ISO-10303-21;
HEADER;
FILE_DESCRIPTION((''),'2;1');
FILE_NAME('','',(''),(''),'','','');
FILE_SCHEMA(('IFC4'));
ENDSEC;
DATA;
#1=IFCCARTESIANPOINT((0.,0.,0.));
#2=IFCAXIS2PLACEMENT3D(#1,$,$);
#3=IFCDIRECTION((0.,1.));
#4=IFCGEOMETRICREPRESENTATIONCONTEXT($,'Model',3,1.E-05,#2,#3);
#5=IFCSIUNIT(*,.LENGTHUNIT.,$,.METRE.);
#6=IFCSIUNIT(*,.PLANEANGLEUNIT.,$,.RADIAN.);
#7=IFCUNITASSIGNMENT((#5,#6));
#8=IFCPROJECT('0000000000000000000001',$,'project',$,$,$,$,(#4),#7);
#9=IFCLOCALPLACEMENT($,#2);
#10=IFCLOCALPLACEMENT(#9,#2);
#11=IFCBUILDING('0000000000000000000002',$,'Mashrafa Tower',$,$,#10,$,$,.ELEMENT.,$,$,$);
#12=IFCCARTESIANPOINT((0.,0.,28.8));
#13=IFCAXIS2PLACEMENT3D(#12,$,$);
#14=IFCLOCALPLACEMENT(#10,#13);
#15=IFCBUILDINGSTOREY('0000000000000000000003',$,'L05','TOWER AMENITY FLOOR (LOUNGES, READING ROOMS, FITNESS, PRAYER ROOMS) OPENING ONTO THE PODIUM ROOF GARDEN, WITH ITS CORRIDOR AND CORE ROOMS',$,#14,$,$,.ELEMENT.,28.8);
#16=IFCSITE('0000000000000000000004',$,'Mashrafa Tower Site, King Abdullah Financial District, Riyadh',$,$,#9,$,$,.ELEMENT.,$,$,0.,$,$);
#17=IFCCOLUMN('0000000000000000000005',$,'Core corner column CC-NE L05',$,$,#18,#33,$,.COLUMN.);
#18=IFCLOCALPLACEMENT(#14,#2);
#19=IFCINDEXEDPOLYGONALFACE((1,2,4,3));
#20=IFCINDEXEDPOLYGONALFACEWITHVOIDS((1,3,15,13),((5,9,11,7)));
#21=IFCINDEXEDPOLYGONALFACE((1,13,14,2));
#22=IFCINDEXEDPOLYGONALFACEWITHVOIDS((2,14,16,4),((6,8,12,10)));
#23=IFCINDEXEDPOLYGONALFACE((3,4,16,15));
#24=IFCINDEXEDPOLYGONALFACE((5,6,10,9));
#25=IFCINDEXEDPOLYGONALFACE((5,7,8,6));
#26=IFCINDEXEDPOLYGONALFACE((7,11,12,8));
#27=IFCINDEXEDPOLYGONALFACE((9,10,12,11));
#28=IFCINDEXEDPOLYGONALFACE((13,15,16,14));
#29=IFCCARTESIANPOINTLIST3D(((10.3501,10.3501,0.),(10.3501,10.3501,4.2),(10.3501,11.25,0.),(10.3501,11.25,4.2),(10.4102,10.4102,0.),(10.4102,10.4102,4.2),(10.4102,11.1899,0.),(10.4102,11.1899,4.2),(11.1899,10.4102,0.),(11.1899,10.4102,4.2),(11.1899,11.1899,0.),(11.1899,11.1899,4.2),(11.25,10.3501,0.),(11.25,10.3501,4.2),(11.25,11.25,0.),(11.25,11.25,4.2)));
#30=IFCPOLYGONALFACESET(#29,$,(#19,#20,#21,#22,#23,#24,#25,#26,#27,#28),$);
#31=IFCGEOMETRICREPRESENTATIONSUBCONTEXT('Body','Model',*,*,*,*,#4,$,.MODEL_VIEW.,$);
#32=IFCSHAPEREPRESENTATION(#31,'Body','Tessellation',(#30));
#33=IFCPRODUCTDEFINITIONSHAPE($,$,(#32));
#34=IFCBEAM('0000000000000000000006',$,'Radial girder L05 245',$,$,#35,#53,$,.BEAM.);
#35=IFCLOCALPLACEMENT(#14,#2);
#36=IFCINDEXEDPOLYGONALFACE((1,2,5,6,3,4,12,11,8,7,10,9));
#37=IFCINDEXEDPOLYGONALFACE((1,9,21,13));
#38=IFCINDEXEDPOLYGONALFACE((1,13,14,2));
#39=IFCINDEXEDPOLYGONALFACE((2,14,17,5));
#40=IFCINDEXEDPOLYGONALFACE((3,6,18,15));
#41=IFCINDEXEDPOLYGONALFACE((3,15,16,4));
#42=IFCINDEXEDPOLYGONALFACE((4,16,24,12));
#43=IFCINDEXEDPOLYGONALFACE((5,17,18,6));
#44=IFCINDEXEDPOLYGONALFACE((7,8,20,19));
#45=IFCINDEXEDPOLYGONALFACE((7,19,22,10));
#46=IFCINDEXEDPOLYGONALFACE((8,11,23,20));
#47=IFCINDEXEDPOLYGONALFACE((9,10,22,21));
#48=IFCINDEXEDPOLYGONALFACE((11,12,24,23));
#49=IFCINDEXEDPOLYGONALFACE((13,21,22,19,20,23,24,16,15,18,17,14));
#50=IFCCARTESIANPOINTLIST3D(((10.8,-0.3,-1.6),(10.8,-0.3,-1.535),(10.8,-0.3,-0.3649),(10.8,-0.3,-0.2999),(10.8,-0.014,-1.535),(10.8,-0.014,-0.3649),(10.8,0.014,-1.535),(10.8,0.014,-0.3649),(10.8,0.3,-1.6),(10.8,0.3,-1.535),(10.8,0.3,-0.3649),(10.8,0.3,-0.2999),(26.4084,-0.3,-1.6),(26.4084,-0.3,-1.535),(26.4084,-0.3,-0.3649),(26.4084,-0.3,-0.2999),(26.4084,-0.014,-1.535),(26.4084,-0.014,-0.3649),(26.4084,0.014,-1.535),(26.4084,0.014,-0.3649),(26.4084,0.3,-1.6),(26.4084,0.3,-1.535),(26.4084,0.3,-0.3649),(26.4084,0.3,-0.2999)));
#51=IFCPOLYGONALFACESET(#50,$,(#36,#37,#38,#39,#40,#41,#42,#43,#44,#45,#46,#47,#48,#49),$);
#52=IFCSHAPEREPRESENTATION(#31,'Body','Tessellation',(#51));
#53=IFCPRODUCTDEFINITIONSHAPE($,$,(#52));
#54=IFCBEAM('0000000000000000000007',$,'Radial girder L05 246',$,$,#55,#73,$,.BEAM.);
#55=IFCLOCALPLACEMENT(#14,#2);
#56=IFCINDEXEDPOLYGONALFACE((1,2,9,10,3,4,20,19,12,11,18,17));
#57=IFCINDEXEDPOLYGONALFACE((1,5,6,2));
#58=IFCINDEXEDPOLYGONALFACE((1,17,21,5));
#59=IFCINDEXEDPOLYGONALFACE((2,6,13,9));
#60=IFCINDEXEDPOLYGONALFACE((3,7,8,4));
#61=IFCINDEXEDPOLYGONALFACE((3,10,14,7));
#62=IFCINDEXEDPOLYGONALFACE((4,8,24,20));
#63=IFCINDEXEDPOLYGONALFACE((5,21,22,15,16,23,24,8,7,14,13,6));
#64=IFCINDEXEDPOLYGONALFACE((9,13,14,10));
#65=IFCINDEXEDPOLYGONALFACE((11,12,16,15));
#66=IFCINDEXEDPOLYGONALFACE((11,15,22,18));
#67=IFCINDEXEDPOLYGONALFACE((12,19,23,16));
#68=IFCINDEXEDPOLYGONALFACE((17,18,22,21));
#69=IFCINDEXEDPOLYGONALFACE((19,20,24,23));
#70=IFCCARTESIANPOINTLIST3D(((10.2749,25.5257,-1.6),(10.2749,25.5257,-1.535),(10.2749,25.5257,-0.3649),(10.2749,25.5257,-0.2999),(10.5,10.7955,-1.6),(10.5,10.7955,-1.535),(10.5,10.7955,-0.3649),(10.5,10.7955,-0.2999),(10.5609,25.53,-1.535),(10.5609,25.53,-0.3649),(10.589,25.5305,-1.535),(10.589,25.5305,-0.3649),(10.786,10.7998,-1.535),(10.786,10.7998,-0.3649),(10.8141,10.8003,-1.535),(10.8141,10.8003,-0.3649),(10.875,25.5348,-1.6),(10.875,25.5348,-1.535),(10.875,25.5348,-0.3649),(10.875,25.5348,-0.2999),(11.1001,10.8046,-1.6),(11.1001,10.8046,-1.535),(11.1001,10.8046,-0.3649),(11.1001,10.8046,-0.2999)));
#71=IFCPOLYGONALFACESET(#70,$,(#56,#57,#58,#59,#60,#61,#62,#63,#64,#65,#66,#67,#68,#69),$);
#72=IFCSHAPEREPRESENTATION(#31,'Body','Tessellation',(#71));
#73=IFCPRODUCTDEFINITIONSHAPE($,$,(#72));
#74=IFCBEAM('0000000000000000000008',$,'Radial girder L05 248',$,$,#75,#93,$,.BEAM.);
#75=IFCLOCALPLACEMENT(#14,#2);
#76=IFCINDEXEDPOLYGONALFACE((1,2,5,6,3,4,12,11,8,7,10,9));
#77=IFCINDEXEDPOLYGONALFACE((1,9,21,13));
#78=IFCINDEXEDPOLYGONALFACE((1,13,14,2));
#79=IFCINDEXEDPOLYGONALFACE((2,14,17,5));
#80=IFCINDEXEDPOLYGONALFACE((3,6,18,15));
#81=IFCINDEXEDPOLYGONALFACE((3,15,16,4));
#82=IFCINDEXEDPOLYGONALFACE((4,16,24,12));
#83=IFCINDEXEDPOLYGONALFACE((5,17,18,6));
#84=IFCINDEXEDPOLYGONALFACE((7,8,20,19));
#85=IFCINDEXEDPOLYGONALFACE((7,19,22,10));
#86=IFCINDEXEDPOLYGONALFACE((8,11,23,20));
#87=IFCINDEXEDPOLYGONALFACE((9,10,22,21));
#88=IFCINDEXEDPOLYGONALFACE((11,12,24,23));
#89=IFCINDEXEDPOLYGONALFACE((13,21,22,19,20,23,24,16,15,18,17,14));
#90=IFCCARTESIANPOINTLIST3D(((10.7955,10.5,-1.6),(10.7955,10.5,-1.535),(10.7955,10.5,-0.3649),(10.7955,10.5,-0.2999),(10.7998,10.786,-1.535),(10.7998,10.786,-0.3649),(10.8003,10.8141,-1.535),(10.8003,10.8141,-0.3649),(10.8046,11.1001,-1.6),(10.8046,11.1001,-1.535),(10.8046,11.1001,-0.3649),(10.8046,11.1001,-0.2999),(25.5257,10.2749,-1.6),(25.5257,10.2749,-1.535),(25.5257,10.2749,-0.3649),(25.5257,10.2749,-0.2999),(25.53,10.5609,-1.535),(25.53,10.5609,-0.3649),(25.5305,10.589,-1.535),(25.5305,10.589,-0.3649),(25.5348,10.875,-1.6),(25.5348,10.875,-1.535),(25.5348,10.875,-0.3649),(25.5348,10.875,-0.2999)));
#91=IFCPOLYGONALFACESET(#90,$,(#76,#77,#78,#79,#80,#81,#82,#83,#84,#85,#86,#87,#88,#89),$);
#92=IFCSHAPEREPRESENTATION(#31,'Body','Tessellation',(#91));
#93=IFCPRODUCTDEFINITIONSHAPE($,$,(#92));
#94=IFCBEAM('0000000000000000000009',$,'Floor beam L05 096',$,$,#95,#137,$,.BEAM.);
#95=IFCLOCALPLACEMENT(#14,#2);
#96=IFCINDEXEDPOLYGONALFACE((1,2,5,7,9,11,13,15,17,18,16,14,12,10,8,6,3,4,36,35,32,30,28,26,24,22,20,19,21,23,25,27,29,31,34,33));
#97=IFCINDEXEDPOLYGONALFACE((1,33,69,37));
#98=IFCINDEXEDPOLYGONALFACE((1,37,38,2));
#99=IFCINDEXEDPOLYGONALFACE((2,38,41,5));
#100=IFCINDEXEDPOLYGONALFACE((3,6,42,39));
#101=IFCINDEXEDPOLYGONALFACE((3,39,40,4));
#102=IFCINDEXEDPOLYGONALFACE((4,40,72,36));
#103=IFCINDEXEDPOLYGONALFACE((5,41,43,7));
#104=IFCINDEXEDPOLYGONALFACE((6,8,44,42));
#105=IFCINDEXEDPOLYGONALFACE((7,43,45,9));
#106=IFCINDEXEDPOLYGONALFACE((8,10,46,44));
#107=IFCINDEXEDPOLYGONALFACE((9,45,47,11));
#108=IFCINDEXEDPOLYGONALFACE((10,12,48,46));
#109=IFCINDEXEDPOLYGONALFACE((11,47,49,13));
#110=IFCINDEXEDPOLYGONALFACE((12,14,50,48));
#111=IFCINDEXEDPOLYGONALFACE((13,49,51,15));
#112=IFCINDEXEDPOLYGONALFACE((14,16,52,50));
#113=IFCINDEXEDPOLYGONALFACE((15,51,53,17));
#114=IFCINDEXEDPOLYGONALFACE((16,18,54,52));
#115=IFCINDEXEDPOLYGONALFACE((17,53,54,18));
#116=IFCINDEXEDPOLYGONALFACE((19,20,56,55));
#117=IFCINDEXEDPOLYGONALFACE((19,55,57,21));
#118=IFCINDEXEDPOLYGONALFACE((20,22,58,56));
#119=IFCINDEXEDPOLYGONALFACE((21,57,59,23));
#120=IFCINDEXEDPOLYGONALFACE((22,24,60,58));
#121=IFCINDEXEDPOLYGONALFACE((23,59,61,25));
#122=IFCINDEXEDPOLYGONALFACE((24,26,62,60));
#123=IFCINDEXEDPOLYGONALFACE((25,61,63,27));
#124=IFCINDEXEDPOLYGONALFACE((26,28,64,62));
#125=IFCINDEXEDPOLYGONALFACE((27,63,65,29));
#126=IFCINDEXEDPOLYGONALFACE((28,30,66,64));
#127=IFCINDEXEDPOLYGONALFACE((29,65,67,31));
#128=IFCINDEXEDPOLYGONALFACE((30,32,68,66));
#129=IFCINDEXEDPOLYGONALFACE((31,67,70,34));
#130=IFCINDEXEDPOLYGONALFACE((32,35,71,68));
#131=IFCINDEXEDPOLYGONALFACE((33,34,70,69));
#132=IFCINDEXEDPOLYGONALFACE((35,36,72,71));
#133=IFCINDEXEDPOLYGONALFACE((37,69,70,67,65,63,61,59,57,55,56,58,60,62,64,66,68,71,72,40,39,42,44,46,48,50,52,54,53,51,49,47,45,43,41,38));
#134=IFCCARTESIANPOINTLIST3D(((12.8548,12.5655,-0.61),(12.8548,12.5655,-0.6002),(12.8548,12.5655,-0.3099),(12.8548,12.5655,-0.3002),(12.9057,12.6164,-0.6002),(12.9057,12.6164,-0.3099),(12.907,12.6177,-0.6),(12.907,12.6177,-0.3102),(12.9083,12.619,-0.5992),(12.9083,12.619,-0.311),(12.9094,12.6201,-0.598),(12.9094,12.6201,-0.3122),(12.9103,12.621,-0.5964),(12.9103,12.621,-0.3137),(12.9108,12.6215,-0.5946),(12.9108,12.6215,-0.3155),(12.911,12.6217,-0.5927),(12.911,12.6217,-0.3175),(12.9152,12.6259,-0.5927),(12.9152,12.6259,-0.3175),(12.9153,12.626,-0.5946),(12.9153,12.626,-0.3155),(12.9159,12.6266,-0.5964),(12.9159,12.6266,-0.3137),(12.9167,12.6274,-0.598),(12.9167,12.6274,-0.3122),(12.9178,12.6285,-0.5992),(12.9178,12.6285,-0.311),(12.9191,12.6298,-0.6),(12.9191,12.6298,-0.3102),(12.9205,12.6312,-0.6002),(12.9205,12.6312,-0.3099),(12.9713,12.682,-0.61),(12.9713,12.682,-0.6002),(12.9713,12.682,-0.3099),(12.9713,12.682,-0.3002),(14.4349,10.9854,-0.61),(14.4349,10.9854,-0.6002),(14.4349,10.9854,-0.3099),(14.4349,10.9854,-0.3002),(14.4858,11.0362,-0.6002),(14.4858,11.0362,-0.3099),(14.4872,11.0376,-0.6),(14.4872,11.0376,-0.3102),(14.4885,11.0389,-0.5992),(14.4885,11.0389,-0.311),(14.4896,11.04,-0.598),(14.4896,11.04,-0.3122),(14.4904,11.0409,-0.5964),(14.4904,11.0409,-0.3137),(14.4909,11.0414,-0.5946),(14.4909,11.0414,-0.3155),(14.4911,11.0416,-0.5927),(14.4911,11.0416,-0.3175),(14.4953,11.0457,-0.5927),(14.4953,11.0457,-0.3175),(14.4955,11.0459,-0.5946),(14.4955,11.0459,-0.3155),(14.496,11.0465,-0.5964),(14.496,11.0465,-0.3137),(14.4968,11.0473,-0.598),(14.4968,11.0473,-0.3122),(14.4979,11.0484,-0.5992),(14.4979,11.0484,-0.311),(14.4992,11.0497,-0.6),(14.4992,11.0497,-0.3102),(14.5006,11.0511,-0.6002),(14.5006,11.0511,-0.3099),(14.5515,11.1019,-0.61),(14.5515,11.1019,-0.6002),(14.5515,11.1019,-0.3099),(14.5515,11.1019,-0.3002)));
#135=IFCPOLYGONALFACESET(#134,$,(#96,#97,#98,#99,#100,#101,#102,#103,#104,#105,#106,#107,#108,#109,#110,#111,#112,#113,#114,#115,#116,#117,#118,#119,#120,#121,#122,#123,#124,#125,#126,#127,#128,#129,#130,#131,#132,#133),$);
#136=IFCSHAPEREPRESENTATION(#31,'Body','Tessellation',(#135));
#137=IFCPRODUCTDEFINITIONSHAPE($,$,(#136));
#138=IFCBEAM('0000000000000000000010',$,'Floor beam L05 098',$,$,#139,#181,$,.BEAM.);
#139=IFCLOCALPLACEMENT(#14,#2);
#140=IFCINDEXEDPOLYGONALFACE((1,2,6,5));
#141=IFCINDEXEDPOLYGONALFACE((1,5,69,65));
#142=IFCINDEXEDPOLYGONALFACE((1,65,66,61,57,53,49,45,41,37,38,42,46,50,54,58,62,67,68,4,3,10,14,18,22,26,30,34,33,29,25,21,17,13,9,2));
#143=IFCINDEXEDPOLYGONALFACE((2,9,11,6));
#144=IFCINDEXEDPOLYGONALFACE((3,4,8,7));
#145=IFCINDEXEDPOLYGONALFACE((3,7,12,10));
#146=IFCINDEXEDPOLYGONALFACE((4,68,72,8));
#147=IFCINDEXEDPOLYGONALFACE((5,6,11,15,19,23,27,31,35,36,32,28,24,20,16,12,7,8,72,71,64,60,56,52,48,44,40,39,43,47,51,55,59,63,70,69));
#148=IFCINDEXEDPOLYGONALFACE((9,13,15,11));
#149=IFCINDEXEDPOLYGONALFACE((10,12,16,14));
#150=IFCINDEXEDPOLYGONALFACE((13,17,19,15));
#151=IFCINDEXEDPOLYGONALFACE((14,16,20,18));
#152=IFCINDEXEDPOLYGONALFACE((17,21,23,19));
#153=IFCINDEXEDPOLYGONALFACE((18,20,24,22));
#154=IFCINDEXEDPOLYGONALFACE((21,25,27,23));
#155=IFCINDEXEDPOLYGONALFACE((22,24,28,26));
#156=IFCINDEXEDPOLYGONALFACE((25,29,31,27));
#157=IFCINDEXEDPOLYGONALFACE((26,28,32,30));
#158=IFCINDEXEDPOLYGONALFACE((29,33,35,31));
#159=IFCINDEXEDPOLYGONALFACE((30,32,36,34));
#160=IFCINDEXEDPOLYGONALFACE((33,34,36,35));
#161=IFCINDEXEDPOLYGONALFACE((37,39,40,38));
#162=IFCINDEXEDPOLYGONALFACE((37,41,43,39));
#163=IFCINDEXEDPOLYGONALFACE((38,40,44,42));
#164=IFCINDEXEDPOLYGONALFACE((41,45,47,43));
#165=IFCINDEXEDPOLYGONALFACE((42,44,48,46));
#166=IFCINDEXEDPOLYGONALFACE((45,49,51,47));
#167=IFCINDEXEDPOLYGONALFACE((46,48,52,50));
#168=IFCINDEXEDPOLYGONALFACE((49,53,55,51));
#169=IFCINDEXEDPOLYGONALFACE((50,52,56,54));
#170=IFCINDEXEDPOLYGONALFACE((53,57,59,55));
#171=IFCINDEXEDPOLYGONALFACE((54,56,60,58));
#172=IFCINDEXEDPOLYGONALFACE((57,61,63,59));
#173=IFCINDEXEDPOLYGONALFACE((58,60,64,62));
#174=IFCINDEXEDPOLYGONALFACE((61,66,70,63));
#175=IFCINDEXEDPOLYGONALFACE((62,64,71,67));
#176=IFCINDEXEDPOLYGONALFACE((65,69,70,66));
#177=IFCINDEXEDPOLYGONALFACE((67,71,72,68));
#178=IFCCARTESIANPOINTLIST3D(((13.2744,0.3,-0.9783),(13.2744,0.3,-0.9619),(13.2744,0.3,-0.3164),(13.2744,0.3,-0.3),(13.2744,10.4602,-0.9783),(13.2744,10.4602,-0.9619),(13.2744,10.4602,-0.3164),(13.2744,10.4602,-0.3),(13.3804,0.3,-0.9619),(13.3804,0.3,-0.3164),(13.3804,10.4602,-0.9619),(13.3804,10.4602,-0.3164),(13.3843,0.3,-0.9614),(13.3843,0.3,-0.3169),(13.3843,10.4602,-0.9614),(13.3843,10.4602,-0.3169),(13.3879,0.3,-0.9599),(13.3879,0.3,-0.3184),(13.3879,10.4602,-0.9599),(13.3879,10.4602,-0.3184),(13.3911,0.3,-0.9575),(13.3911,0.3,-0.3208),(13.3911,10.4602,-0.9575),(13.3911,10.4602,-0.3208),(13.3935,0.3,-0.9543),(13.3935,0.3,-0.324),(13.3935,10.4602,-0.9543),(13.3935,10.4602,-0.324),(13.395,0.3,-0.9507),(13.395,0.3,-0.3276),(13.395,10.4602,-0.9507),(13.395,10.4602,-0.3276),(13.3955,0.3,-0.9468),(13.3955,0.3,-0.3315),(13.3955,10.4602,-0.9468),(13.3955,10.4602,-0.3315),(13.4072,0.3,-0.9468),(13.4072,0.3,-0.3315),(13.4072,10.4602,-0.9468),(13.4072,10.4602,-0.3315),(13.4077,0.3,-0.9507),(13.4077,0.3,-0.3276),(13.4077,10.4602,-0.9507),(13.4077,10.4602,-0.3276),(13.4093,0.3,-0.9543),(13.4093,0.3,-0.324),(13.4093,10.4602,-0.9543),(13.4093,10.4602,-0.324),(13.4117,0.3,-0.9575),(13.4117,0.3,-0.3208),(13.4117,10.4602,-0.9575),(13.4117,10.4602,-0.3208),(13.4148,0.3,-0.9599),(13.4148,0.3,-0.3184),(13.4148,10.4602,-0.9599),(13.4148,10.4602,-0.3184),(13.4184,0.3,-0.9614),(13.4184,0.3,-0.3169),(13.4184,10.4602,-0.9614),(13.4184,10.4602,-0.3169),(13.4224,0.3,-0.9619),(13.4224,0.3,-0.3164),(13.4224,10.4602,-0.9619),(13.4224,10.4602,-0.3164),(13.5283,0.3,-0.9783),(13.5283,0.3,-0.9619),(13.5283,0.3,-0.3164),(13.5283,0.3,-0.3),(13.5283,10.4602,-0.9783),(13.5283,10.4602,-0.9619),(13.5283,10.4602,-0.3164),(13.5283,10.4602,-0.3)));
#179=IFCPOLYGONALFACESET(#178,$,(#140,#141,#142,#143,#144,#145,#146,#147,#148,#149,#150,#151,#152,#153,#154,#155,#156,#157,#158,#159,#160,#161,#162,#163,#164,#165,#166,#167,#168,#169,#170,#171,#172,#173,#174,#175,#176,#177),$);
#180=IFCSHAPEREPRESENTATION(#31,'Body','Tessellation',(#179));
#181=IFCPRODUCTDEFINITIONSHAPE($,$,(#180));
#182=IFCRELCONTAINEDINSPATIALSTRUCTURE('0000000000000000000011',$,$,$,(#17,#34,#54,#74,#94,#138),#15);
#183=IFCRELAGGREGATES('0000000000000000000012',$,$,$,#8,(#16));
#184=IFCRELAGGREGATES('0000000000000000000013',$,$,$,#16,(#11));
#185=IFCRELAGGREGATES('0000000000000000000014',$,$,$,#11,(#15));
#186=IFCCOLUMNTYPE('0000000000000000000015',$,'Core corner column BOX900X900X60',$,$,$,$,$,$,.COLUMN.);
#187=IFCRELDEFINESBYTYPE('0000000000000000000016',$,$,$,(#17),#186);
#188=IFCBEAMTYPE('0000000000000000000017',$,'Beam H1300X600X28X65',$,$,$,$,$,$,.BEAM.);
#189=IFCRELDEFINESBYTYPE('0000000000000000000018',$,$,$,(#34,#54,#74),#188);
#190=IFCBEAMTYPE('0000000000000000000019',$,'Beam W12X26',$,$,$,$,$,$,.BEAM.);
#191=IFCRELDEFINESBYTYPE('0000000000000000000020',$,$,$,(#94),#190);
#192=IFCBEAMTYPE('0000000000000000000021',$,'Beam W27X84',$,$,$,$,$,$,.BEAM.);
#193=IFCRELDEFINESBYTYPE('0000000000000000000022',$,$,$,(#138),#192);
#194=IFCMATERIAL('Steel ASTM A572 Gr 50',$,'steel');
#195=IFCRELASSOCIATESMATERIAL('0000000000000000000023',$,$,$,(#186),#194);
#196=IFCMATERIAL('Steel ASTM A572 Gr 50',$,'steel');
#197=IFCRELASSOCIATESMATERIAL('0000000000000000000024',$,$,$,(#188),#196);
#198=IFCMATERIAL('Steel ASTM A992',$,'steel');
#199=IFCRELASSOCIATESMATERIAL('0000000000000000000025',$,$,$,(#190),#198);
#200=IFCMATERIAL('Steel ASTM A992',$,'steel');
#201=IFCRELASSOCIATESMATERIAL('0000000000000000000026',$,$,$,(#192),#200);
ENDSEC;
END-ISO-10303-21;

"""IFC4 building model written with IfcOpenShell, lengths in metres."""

from ifc_helpers import new_model, si_unit, direction, frame, origin, origin_2d, place, context, subcontext, project, spatial, hollow_rectangle, i_section, extrude, material, material_profile, profile_set, type_object, element, save


model = new_model("IFC4")

# Units and contexts
model_context = context("Model", 3, precision=1e-05, world=origin(), true_north=direction((0.0, 1.0)))
body_context = subcontext(model_context, "Body", "Model", "MODEL_VIEW")
ifc_project = project(units=[si_unit("LENGTHUNIT", "METRE"), si_unit("PLANEANGLEUNIT", "RADIAN")], contexts=[model_context])

# Site, building, storey
site_placement = place(None, origin())
site = spatial("IfcSite", under=ifc_project, at=site_placement, Name="Mashrafa Tower Site, King Abdullah Financial District, Riyadh", CompositionType="ELEMENT", RefElevation=0.0)
building_placement = place(site_placement, origin())
building = spatial("IfcBuilding", under=site, at=building_placement, Name="Mashrafa Tower", CompositionType="ELEMENT")
storey_placement = place(building_placement, frame((0.0, 0.0, 28.8)))
storey = spatial("IfcBuildingStorey", under=building, at=storey_placement, Name="L05", Description="TOWER AMENITY FLOOR (LOUNGES, READING ROOMS, FITNESS, PRAYER ROOMS) OPENING ONTO THE PODIUM ROOF GARDEN, WITH ITS CORRIDOR AND CORE ROOMS", CompositionType="ELEMENT", Elevation=28.8)

# Column
ifc_material_1 = material(Name="Steel ASTM A572 Gr 50", Category="steel")
ifc_material_profile_1 = material_profile(ifc_material_1, hollow_rectangle(XDim=0.8999, YDim=0.8999, WallThickness=0.0601, at=origin_2d()), Name="BOX900X900X60")
ifc_profile_set_1 = profile_set([ifc_material_profile_1], Name="Steel ASTM A572 Gr 50")
column_type = type_object("IfcColumnType", Name="Core corner column BOX900X900X60", PredefinedType="COLUMN", material=ifc_profile_set_1)
column_placement = place(storey_placement, frame((10.8, 10.8, 0.0), z_axis=(0.0, 0.0, 1.0), x_axis=(1.0, 0.0, 0.0)))
element("IfcColumn", 1, at=column_placement, inside=storey, type_object=column_type, Name="Core corner column CC-NE L05", PredefinedType="COLUMN", context=body_context, shape_type="SweptSolid", body=[
    extrude(hollow_rectangle(XDim=0.8999, YDim=0.8999, WallThickness=0.0601, at=origin_2d()), origin(), (0.0, 0.0, 1.0), 4.2),
])

# Beams
ifc_material_2 = material(Name="Steel ASTM A572 Gr 50", Category="steel")
ifc_material_profile_2 = material_profile(ifc_material_2, i_section(OverallWidth=0.6001, OverallDepth=1.3, WebThickness=0.0281, FlangeThickness=0.0649, at=origin_2d()), Name="H1300X600X28X65")
ifc_profile_set_2 = profile_set([ifc_material_profile_2], Name="Steel ASTM A572 Gr 50")
beam_type_1 = type_object("IfcBeamType", Name="Beam H1300X600X28X65", PredefinedType="BEAM", material=ifc_profile_set_2)
beam_1_placement = place(storey_placement, frame((10.8, 0.0, -0.95), z_axis=(1.0, 0.0, 0.0), x_axis=(0.0, 1.0, 0.0)))
element("IfcBeam", 2, at=beam_1_placement, inside=storey, type_object=beam_type_1, Name="Radial girder L05 245", PredefinedType="BEAM", context=body_context, shape_type="SweptSolid", body=[
    extrude(i_section(OverallWidth=0.6001, OverallDepth=1.3, WebThickness=0.0281, FlangeThickness=0.0649, at=origin_2d()), origin(), (0.0, 0.0, 1.0), 15.6084),
])
for number, where, z_axis, x_axis, name in (
    (3, (10.8, 10.8, -0.95), (-0.01528, 0.999883, 0.0), (-0.999883, -0.01528, 0.0), "Radial girder L05 246"),
    (4, (10.8, 10.8, -0.95), (0.999883, -0.01528, 0.0), (0.01528, 0.999883, 0.0), "Radial girder L05 248"),
):
    element("IfcBeam", number, at=place(storey_placement, frame(where, z_axis=z_axis, x_axis=x_axis)), inside=storey, type_object=beam_type_1, Name=name, PredefinedType="BEAM", context=body_context, shape_type="SweptSolid", body=[
        extrude(i_section(OverallWidth=0.6001, OverallDepth=1.3, WebThickness=0.0281, FlangeThickness=0.0649, at=origin_2d()), origin(), (0.0, 0.0, 1.0), 14.7319),
    ])
ifc_material_3 = material(Name="Steel ASTM A992", Category="steel")
ifc_material_profile_3 = material_profile(ifc_material_3, i_section(OverallWidth=0.1648, OverallDepth=0.3098, WebThickness=0.0059, FlangeThickness=0.0098, FilletRadius=0.0076, at=origin_2d()), Name="W12X26")
ifc_profile_set_3 = profile_set([ifc_material_profile_3], Name="Steel ASTM A992")
beam_type_2 = type_object("IfcBeamType", Name="Beam W12X26", PredefinedType="BEAM", material=ifc_profile_set_3)
beam_2_placement = place(storey_placement, frame((12.9131, 12.6238, -0.4551), z_axis=(0.707107, -0.707107, 0.0), x_axis=(0.707107, 0.707107, 0.0)))
element("IfcBeam", 5, at=beam_2_placement, inside=storey, type_object=beam_type_2, Name="Floor beam L05 096", PredefinedType="BEAM", context=body_context, shape_type="SweptSolid", body=[
    extrude(i_section(OverallWidth=0.1648, OverallDepth=0.3098, WebThickness=0.0059, FlangeThickness=0.0098, FilletRadius=0.0076, at=origin_2d()), origin(), (0.0, 0.0, 1.0), 2.2346),
])
ifc_material_4 = material(Name="Steel ASTM A992", Category="steel")
ifc_material_profile_4 = material_profile(ifc_material_4, i_section(OverallWidth=0.2539, OverallDepth=0.6782, WebThickness=0.0117, FlangeThickness=0.0164, FilletRadius=0.0151, at=origin_2d()), Name="W27X84")
ifc_profile_set_4 = profile_set([ifc_material_profile_4], Name="Steel ASTM A992")
beam_type_3 = type_object("IfcBeamType", Name="Beam W27X84", PredefinedType="BEAM", material=ifc_profile_set_4)
beam_3_placement = place(storey_placement, frame((13.4014, 10.4602, -0.6392), z_axis=(0.0, -1.0, 0.0), x_axis=(1.0, 0.0, 0.0)))
element("IfcBeam", 6, at=beam_3_placement, inside=storey, type_object=beam_type_3, Name="Floor beam L05 098", PredefinedType="BEAM", context=body_context, shape_type="SweptSolid", body=[
    extrude(i_section(OverallWidth=0.2539, OverallDepth=0.6782, WebThickness=0.0117, FlangeThickness=0.0164, FilletRadius=0.0151, at=origin_2d()), origin(), (0.0, 0.0, 1.0), 10.1602),
])

save(model, "model.ifc")
